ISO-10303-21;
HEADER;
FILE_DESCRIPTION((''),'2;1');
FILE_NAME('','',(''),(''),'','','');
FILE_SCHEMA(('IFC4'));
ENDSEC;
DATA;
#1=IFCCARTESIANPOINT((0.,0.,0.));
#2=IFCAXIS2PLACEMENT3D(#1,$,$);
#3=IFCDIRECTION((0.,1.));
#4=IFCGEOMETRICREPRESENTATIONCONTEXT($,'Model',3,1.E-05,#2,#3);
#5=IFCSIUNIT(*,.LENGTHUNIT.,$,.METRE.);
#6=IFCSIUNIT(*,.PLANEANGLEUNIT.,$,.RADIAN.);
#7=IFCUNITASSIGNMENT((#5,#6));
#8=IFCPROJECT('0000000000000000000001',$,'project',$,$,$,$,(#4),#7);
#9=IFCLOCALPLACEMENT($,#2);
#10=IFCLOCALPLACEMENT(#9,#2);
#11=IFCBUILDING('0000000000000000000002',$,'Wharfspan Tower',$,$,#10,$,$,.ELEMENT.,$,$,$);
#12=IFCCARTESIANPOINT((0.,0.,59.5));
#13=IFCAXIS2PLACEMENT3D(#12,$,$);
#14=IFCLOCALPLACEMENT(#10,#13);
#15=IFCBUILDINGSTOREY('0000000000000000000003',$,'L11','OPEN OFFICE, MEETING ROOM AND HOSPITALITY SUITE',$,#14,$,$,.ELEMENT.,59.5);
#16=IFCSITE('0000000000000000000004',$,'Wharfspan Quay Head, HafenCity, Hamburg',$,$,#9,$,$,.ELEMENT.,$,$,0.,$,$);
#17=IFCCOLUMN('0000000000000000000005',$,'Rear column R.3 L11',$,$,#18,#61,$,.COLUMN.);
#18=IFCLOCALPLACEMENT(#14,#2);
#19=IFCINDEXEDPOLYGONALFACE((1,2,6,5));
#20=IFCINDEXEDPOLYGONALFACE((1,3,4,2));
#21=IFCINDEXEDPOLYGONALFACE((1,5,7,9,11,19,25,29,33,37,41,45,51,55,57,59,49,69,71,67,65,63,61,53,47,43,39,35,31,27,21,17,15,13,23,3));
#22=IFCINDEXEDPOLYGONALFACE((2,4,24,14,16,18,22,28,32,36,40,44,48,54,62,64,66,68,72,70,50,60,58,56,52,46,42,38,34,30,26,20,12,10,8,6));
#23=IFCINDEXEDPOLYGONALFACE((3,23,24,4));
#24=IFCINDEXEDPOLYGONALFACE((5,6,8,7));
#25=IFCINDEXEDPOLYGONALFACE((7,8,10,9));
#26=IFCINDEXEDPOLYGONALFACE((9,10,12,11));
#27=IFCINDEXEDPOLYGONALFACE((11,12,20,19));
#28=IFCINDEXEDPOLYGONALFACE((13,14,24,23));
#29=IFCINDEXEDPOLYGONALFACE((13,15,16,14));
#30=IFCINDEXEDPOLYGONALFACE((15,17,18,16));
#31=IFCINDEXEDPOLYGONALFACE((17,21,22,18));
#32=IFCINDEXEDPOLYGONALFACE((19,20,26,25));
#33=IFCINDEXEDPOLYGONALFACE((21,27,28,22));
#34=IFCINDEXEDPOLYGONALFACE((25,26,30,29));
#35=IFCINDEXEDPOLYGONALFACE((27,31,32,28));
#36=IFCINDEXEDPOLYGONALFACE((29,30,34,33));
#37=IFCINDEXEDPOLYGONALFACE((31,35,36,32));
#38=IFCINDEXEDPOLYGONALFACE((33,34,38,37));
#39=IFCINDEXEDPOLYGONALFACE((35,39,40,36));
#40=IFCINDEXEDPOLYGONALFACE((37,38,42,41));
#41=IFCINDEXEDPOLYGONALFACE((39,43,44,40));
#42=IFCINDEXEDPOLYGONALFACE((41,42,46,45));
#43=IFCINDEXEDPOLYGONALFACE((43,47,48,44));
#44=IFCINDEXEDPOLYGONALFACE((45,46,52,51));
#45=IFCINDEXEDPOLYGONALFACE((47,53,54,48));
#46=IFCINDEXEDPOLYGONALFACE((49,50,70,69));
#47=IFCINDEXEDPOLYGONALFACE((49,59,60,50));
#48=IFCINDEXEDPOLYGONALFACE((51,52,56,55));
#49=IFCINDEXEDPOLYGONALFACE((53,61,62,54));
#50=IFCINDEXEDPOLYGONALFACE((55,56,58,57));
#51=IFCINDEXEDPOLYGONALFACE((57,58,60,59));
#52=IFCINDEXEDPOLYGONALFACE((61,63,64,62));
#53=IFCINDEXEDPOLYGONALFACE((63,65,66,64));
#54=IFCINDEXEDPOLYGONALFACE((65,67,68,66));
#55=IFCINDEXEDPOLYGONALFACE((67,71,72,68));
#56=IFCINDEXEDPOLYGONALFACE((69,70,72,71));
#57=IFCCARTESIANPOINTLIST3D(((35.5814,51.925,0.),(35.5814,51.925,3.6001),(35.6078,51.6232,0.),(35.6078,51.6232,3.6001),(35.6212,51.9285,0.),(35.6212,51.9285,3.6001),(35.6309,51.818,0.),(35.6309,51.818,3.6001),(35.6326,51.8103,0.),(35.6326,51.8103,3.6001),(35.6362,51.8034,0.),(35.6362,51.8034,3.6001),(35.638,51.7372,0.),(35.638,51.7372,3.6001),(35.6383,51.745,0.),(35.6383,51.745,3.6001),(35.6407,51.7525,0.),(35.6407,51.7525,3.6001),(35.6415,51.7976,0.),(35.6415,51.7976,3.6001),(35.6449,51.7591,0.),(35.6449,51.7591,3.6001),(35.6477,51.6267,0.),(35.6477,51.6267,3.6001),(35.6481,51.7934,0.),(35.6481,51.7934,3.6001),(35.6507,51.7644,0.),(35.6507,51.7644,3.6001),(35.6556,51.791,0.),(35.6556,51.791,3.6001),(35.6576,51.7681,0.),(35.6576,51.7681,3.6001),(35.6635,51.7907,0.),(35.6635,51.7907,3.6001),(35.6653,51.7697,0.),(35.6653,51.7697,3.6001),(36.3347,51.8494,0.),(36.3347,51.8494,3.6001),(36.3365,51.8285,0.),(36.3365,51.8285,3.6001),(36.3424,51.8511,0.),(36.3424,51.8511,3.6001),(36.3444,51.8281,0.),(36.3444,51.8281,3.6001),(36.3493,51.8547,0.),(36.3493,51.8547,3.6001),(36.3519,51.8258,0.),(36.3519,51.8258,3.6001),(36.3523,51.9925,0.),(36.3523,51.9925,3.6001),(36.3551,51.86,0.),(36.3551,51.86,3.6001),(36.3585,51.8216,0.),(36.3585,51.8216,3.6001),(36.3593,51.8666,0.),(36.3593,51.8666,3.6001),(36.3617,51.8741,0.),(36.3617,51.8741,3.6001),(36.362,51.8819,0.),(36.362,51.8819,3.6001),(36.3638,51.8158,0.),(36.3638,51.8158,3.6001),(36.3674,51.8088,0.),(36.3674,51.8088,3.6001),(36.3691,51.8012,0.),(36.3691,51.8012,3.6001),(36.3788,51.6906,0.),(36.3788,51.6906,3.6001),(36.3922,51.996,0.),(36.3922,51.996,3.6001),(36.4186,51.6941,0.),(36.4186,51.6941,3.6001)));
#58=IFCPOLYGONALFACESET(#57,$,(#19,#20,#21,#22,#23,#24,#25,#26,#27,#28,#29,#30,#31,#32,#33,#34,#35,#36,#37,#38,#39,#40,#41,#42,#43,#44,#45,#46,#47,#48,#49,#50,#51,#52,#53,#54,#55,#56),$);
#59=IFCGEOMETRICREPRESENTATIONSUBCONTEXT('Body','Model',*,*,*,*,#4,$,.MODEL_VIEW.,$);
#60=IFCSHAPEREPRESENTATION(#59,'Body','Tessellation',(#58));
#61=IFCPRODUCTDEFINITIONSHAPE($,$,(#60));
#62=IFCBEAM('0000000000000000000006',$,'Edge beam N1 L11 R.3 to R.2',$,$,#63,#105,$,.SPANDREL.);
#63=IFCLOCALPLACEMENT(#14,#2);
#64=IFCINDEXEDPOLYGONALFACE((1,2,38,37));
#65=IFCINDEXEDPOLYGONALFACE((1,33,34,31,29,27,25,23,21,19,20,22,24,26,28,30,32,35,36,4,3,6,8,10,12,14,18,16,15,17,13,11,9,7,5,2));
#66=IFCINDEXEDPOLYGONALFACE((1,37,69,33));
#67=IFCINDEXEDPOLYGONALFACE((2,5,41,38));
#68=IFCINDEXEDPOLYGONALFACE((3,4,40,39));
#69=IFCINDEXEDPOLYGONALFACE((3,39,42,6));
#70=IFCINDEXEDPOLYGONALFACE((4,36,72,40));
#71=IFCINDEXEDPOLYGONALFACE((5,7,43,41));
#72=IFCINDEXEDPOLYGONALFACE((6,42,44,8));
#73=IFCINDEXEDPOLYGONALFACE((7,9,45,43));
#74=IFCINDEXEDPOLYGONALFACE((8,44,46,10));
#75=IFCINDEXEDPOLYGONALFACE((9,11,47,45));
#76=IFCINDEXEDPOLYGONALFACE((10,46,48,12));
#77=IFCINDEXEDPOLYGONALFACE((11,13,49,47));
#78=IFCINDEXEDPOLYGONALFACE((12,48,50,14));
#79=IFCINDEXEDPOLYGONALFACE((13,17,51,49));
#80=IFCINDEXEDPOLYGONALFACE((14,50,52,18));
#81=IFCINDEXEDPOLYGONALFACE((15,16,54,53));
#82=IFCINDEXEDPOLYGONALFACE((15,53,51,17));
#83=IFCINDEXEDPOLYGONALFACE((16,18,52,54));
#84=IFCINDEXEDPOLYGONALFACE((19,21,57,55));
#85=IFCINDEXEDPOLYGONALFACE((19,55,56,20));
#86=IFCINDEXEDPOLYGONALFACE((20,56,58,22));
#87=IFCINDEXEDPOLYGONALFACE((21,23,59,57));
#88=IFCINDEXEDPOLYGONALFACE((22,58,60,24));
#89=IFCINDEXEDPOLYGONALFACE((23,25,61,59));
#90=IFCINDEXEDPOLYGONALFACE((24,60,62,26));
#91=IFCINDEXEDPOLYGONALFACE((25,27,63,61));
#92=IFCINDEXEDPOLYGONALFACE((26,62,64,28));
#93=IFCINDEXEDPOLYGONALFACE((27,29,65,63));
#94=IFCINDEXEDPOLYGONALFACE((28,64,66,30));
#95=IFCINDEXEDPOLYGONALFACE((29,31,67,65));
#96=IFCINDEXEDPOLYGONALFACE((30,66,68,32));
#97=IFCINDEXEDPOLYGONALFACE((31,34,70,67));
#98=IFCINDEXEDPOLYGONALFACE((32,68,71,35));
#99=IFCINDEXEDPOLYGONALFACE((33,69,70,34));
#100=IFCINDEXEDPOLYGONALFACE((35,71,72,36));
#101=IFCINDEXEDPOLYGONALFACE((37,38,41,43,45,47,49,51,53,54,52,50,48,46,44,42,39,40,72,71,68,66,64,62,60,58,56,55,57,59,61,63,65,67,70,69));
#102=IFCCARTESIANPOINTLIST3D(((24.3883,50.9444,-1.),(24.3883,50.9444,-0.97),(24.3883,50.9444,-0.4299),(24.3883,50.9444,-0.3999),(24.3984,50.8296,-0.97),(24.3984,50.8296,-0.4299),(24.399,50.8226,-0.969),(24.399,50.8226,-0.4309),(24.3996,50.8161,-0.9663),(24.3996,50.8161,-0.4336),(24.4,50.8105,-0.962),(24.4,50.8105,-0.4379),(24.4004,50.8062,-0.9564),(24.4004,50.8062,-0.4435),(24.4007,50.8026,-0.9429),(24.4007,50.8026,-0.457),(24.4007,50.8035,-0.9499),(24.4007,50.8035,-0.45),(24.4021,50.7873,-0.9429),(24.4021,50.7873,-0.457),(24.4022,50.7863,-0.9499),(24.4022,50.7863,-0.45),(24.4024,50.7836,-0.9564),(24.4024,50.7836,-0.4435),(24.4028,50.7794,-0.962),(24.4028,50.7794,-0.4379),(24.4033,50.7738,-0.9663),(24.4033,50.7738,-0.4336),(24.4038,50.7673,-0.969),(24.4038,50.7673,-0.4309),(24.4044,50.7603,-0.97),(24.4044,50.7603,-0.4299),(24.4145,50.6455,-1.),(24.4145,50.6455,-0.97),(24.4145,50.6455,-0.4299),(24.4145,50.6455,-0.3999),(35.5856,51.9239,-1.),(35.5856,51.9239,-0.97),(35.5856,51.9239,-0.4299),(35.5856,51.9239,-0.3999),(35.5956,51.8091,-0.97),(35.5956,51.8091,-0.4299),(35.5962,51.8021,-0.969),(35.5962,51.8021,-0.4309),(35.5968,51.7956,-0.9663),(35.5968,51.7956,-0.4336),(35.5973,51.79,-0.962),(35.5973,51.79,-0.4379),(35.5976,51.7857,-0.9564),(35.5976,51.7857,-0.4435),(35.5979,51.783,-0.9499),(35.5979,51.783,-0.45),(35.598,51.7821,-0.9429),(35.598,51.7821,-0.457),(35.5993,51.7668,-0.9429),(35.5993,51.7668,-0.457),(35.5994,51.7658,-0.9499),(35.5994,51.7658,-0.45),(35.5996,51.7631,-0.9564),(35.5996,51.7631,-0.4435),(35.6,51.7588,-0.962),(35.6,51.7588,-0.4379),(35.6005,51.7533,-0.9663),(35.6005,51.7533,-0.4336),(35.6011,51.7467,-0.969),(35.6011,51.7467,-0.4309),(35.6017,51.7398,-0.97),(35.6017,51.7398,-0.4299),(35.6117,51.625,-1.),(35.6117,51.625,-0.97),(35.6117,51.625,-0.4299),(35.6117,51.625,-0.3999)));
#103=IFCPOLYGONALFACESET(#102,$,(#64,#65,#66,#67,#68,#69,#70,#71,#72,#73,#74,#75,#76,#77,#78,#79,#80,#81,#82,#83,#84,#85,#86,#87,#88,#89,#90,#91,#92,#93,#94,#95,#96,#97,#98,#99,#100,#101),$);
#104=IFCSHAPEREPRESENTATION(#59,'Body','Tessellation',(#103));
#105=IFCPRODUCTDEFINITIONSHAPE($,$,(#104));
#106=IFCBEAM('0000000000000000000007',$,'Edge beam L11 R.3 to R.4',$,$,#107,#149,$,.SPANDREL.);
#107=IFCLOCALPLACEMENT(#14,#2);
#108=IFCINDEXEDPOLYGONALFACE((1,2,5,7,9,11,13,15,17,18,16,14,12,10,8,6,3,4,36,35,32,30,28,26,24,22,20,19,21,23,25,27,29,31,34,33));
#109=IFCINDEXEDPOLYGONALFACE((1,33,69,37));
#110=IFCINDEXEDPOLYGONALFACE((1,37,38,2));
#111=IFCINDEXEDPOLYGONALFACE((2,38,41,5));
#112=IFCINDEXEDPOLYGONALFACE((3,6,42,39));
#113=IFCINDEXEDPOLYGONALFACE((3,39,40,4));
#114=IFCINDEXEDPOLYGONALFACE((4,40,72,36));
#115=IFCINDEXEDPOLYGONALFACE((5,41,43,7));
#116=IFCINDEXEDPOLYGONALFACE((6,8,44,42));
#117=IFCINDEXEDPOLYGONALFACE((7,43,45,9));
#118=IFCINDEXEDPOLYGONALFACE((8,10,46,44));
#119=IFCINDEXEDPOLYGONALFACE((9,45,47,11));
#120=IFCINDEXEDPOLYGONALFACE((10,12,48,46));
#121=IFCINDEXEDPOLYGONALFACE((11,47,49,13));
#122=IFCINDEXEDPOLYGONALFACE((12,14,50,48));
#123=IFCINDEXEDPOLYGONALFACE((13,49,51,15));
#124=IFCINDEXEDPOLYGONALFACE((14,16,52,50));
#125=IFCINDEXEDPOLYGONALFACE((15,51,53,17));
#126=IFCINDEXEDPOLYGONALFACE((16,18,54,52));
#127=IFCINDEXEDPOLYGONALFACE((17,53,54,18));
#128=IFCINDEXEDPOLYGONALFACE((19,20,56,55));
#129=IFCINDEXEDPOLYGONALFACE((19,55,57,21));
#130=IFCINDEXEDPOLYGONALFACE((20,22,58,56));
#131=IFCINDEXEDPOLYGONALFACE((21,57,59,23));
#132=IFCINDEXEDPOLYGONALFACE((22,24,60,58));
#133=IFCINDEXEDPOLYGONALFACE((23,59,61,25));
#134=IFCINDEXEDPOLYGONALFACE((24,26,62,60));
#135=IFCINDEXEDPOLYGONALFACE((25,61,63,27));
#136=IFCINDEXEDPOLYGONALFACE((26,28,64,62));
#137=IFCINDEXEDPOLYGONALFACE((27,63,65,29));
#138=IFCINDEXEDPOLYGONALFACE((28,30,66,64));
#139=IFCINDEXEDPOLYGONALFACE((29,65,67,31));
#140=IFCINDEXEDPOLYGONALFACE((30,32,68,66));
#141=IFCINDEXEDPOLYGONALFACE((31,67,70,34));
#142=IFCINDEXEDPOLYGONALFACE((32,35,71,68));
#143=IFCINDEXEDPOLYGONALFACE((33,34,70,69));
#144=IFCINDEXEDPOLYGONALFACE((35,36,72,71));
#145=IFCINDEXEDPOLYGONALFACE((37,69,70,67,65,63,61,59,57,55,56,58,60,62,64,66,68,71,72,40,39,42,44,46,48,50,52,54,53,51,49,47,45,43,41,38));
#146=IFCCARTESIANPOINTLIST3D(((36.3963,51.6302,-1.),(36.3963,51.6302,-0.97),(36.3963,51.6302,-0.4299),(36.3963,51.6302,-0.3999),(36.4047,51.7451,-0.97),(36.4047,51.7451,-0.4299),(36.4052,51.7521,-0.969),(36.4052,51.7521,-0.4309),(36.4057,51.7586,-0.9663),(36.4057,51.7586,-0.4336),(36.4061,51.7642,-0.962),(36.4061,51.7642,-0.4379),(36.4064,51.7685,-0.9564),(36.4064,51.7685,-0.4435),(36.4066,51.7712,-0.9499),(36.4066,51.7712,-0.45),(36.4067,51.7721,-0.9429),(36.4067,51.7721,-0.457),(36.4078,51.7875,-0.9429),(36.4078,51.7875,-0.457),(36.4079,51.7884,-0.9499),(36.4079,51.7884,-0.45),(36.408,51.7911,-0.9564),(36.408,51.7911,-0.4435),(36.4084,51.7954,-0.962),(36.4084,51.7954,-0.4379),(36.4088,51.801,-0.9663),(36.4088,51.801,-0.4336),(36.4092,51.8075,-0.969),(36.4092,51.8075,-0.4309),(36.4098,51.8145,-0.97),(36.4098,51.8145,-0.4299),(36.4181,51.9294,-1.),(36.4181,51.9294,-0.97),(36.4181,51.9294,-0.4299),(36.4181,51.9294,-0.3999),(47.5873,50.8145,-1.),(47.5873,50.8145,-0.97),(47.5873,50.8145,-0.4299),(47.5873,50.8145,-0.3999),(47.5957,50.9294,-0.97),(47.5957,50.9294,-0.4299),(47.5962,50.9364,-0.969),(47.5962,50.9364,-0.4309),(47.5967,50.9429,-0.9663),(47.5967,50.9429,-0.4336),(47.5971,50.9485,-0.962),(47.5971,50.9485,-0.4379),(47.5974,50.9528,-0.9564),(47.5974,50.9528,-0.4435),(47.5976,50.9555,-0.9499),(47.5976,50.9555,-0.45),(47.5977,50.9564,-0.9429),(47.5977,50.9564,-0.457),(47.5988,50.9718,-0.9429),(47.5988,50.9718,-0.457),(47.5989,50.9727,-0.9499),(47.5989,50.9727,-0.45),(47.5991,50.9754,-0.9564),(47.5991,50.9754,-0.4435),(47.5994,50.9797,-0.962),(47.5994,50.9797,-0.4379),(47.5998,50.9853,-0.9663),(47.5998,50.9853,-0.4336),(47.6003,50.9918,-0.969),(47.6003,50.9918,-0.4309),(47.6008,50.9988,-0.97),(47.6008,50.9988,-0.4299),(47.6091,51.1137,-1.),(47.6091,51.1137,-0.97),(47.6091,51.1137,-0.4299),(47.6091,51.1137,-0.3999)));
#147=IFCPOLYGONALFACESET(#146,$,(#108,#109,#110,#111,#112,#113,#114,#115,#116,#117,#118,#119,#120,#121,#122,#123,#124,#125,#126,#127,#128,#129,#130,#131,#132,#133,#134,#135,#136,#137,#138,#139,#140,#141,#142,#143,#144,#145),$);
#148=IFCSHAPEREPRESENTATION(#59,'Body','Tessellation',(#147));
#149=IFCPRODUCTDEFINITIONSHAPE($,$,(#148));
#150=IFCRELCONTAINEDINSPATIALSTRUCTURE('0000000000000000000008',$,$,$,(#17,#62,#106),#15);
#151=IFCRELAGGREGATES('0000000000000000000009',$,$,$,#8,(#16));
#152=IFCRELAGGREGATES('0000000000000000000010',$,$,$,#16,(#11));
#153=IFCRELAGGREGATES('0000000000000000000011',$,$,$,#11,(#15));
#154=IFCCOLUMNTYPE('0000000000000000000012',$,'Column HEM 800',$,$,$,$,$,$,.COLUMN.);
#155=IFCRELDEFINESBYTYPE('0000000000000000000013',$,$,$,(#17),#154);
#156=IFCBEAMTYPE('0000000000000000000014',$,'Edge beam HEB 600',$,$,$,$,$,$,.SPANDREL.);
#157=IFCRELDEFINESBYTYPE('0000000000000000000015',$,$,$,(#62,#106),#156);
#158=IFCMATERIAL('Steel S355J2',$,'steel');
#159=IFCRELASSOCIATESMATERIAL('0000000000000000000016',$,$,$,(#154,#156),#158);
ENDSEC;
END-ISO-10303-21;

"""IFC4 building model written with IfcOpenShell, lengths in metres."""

from ifc_helpers import new_model, si_unit, direction, frame, origin, origin_2d, place, context, subcontext, project, spatial, i_section, extrude, material, material_profile, profile_set, type_object, element, save


model = new_model("IFC4")

# Units and contexts
model_context = context("Model", 3, precision=1e-05, world=origin(), true_north=direction((0.0, 1.0)))
body_context = subcontext(model_context, "Body", "Model", "MODEL_VIEW")
ifc_project = project(units=[si_unit("LENGTHUNIT", "METRE"), si_unit("PLANEANGLEUNIT", "RADIAN")], contexts=[model_context])

# Site, building, storey
site_placement = place(None, origin())
site = spatial("IfcSite", under=ifc_project, at=site_placement, Name="Wharfspan Quay Head, HafenCity, Hamburg", CompositionType="ELEMENT", RefElevation=0.0)
building_placement = place(site_placement, origin())
building = spatial("IfcBuilding", under=site, at=building_placement, Name="Wharfspan Tower", CompositionType="ELEMENT")
storey_placement = place(building_placement, frame((0.0, 0.0, 59.5)))
storey = spatial("IfcBuildingStorey", under=building, at=storey_placement, Name="L11", Description="OPEN OFFICE, MEETING ROOM AND HOSPITALITY SUITE", CompositionType="ELEMENT", Elevation=59.5)

# Column
ifc_material_1 = material(Name="Steel S355J2", Category="steel")
ifc_material_profile_1 = material_profile(ifc_material_1, i_section(OverallWidth=0.303, OverallDepth=0.814, WebThickness=0.021, FlangeThickness=0.04, FilletRadius=0.03, at=origin_2d()))
ifc_profile_set_1 = profile_set([ifc_material_profile_1], Name="Steel S355J2")
column_type = type_object("IfcColumnType", Name="Column HEM 800", PredefinedType="COLUMN", material=ifc_profile_set_1)
column_placement = place(storey_placement, frame((36.0, 51.8096, 0.0), z_axis=(0.0, 0.0, 1.0), x_axis=(-0.087156, 0.996197, 0.0)))
element("IfcColumn", 1, at=column_placement, inside=storey, type_object=column_type, Name="Rear column R.3 L11", PredefinedType="COLUMN", context=body_context, shape_type="SweptSolid", body=[
    extrude(i_section(OverallWidth=0.303, OverallDepth=0.814, WebThickness=0.021, FlangeThickness=0.04, FilletRadius=0.03, at=origin_2d()), origin(), (0.0, 0.0, 1.0), 3.6001),
])

# Beams
ifc_material_profile_2 = material_profile(ifc_material_1, i_section(OverallWidth=0.3, OverallDepth=0.6001, WebThickness=0.0154, FlangeThickness=0.03, FilletRadius=0.0271, at=origin_2d()))
ifc_profile_set_2 = profile_set([ifc_material_profile_2], Name="Steel S355J2")
beam_type = type_object("IfcBeamType", Name="Edge beam HEB 600", PredefinedType="SPANDREL", material=ifc_profile_set_2)
beam_1_placement = place(storey_placement, frame((35.5986, 51.7744, -0.7), z_axis=(-0.996196, -0.087143, 0.0), x_axis=(0.087143, -0.996196, 0.0)))
element("IfcBeam", 2, at=beam_1_placement, inside=storey, type_object=beam_type, Name="Edge beam N1 L11 R.3 to R.2", PredefinedType="SPANDREL", context=body_context, shape_type="SweptSolid", body=[
    extrude(i_section(OverallWidth=0.3, OverallDepth=0.6001, WebThickness=0.0154, FlangeThickness=0.03, FilletRadius=0.0271, at=origin_2d()), origin(), (0.0, 0.0, 1.0), 11.24),
])
beam_2_placement = place(storey_placement, frame((36.4072, 51.7798, -0.7), z_axis=(0.997354, -0.072694, 0.0), x_axis=(0.072694, 0.997354, 0.0)))
element("IfcBeam", 3, at=beam_2_placement, inside=storey, type_object=beam_type, Name="Edge beam L11 R.3 to R.4", PredefinedType="SPANDREL", context=body_context, shape_type="SweptSolid", body=[
    extrude(i_section(OverallWidth=0.3, OverallDepth=0.6001, WebThickness=0.0154, FlangeThickness=0.03, FilletRadius=0.0271, at=origin_2d()), origin(), (0.0, 0.0, 1.0), 11.2207),
])

save(model, "model.ifc")
